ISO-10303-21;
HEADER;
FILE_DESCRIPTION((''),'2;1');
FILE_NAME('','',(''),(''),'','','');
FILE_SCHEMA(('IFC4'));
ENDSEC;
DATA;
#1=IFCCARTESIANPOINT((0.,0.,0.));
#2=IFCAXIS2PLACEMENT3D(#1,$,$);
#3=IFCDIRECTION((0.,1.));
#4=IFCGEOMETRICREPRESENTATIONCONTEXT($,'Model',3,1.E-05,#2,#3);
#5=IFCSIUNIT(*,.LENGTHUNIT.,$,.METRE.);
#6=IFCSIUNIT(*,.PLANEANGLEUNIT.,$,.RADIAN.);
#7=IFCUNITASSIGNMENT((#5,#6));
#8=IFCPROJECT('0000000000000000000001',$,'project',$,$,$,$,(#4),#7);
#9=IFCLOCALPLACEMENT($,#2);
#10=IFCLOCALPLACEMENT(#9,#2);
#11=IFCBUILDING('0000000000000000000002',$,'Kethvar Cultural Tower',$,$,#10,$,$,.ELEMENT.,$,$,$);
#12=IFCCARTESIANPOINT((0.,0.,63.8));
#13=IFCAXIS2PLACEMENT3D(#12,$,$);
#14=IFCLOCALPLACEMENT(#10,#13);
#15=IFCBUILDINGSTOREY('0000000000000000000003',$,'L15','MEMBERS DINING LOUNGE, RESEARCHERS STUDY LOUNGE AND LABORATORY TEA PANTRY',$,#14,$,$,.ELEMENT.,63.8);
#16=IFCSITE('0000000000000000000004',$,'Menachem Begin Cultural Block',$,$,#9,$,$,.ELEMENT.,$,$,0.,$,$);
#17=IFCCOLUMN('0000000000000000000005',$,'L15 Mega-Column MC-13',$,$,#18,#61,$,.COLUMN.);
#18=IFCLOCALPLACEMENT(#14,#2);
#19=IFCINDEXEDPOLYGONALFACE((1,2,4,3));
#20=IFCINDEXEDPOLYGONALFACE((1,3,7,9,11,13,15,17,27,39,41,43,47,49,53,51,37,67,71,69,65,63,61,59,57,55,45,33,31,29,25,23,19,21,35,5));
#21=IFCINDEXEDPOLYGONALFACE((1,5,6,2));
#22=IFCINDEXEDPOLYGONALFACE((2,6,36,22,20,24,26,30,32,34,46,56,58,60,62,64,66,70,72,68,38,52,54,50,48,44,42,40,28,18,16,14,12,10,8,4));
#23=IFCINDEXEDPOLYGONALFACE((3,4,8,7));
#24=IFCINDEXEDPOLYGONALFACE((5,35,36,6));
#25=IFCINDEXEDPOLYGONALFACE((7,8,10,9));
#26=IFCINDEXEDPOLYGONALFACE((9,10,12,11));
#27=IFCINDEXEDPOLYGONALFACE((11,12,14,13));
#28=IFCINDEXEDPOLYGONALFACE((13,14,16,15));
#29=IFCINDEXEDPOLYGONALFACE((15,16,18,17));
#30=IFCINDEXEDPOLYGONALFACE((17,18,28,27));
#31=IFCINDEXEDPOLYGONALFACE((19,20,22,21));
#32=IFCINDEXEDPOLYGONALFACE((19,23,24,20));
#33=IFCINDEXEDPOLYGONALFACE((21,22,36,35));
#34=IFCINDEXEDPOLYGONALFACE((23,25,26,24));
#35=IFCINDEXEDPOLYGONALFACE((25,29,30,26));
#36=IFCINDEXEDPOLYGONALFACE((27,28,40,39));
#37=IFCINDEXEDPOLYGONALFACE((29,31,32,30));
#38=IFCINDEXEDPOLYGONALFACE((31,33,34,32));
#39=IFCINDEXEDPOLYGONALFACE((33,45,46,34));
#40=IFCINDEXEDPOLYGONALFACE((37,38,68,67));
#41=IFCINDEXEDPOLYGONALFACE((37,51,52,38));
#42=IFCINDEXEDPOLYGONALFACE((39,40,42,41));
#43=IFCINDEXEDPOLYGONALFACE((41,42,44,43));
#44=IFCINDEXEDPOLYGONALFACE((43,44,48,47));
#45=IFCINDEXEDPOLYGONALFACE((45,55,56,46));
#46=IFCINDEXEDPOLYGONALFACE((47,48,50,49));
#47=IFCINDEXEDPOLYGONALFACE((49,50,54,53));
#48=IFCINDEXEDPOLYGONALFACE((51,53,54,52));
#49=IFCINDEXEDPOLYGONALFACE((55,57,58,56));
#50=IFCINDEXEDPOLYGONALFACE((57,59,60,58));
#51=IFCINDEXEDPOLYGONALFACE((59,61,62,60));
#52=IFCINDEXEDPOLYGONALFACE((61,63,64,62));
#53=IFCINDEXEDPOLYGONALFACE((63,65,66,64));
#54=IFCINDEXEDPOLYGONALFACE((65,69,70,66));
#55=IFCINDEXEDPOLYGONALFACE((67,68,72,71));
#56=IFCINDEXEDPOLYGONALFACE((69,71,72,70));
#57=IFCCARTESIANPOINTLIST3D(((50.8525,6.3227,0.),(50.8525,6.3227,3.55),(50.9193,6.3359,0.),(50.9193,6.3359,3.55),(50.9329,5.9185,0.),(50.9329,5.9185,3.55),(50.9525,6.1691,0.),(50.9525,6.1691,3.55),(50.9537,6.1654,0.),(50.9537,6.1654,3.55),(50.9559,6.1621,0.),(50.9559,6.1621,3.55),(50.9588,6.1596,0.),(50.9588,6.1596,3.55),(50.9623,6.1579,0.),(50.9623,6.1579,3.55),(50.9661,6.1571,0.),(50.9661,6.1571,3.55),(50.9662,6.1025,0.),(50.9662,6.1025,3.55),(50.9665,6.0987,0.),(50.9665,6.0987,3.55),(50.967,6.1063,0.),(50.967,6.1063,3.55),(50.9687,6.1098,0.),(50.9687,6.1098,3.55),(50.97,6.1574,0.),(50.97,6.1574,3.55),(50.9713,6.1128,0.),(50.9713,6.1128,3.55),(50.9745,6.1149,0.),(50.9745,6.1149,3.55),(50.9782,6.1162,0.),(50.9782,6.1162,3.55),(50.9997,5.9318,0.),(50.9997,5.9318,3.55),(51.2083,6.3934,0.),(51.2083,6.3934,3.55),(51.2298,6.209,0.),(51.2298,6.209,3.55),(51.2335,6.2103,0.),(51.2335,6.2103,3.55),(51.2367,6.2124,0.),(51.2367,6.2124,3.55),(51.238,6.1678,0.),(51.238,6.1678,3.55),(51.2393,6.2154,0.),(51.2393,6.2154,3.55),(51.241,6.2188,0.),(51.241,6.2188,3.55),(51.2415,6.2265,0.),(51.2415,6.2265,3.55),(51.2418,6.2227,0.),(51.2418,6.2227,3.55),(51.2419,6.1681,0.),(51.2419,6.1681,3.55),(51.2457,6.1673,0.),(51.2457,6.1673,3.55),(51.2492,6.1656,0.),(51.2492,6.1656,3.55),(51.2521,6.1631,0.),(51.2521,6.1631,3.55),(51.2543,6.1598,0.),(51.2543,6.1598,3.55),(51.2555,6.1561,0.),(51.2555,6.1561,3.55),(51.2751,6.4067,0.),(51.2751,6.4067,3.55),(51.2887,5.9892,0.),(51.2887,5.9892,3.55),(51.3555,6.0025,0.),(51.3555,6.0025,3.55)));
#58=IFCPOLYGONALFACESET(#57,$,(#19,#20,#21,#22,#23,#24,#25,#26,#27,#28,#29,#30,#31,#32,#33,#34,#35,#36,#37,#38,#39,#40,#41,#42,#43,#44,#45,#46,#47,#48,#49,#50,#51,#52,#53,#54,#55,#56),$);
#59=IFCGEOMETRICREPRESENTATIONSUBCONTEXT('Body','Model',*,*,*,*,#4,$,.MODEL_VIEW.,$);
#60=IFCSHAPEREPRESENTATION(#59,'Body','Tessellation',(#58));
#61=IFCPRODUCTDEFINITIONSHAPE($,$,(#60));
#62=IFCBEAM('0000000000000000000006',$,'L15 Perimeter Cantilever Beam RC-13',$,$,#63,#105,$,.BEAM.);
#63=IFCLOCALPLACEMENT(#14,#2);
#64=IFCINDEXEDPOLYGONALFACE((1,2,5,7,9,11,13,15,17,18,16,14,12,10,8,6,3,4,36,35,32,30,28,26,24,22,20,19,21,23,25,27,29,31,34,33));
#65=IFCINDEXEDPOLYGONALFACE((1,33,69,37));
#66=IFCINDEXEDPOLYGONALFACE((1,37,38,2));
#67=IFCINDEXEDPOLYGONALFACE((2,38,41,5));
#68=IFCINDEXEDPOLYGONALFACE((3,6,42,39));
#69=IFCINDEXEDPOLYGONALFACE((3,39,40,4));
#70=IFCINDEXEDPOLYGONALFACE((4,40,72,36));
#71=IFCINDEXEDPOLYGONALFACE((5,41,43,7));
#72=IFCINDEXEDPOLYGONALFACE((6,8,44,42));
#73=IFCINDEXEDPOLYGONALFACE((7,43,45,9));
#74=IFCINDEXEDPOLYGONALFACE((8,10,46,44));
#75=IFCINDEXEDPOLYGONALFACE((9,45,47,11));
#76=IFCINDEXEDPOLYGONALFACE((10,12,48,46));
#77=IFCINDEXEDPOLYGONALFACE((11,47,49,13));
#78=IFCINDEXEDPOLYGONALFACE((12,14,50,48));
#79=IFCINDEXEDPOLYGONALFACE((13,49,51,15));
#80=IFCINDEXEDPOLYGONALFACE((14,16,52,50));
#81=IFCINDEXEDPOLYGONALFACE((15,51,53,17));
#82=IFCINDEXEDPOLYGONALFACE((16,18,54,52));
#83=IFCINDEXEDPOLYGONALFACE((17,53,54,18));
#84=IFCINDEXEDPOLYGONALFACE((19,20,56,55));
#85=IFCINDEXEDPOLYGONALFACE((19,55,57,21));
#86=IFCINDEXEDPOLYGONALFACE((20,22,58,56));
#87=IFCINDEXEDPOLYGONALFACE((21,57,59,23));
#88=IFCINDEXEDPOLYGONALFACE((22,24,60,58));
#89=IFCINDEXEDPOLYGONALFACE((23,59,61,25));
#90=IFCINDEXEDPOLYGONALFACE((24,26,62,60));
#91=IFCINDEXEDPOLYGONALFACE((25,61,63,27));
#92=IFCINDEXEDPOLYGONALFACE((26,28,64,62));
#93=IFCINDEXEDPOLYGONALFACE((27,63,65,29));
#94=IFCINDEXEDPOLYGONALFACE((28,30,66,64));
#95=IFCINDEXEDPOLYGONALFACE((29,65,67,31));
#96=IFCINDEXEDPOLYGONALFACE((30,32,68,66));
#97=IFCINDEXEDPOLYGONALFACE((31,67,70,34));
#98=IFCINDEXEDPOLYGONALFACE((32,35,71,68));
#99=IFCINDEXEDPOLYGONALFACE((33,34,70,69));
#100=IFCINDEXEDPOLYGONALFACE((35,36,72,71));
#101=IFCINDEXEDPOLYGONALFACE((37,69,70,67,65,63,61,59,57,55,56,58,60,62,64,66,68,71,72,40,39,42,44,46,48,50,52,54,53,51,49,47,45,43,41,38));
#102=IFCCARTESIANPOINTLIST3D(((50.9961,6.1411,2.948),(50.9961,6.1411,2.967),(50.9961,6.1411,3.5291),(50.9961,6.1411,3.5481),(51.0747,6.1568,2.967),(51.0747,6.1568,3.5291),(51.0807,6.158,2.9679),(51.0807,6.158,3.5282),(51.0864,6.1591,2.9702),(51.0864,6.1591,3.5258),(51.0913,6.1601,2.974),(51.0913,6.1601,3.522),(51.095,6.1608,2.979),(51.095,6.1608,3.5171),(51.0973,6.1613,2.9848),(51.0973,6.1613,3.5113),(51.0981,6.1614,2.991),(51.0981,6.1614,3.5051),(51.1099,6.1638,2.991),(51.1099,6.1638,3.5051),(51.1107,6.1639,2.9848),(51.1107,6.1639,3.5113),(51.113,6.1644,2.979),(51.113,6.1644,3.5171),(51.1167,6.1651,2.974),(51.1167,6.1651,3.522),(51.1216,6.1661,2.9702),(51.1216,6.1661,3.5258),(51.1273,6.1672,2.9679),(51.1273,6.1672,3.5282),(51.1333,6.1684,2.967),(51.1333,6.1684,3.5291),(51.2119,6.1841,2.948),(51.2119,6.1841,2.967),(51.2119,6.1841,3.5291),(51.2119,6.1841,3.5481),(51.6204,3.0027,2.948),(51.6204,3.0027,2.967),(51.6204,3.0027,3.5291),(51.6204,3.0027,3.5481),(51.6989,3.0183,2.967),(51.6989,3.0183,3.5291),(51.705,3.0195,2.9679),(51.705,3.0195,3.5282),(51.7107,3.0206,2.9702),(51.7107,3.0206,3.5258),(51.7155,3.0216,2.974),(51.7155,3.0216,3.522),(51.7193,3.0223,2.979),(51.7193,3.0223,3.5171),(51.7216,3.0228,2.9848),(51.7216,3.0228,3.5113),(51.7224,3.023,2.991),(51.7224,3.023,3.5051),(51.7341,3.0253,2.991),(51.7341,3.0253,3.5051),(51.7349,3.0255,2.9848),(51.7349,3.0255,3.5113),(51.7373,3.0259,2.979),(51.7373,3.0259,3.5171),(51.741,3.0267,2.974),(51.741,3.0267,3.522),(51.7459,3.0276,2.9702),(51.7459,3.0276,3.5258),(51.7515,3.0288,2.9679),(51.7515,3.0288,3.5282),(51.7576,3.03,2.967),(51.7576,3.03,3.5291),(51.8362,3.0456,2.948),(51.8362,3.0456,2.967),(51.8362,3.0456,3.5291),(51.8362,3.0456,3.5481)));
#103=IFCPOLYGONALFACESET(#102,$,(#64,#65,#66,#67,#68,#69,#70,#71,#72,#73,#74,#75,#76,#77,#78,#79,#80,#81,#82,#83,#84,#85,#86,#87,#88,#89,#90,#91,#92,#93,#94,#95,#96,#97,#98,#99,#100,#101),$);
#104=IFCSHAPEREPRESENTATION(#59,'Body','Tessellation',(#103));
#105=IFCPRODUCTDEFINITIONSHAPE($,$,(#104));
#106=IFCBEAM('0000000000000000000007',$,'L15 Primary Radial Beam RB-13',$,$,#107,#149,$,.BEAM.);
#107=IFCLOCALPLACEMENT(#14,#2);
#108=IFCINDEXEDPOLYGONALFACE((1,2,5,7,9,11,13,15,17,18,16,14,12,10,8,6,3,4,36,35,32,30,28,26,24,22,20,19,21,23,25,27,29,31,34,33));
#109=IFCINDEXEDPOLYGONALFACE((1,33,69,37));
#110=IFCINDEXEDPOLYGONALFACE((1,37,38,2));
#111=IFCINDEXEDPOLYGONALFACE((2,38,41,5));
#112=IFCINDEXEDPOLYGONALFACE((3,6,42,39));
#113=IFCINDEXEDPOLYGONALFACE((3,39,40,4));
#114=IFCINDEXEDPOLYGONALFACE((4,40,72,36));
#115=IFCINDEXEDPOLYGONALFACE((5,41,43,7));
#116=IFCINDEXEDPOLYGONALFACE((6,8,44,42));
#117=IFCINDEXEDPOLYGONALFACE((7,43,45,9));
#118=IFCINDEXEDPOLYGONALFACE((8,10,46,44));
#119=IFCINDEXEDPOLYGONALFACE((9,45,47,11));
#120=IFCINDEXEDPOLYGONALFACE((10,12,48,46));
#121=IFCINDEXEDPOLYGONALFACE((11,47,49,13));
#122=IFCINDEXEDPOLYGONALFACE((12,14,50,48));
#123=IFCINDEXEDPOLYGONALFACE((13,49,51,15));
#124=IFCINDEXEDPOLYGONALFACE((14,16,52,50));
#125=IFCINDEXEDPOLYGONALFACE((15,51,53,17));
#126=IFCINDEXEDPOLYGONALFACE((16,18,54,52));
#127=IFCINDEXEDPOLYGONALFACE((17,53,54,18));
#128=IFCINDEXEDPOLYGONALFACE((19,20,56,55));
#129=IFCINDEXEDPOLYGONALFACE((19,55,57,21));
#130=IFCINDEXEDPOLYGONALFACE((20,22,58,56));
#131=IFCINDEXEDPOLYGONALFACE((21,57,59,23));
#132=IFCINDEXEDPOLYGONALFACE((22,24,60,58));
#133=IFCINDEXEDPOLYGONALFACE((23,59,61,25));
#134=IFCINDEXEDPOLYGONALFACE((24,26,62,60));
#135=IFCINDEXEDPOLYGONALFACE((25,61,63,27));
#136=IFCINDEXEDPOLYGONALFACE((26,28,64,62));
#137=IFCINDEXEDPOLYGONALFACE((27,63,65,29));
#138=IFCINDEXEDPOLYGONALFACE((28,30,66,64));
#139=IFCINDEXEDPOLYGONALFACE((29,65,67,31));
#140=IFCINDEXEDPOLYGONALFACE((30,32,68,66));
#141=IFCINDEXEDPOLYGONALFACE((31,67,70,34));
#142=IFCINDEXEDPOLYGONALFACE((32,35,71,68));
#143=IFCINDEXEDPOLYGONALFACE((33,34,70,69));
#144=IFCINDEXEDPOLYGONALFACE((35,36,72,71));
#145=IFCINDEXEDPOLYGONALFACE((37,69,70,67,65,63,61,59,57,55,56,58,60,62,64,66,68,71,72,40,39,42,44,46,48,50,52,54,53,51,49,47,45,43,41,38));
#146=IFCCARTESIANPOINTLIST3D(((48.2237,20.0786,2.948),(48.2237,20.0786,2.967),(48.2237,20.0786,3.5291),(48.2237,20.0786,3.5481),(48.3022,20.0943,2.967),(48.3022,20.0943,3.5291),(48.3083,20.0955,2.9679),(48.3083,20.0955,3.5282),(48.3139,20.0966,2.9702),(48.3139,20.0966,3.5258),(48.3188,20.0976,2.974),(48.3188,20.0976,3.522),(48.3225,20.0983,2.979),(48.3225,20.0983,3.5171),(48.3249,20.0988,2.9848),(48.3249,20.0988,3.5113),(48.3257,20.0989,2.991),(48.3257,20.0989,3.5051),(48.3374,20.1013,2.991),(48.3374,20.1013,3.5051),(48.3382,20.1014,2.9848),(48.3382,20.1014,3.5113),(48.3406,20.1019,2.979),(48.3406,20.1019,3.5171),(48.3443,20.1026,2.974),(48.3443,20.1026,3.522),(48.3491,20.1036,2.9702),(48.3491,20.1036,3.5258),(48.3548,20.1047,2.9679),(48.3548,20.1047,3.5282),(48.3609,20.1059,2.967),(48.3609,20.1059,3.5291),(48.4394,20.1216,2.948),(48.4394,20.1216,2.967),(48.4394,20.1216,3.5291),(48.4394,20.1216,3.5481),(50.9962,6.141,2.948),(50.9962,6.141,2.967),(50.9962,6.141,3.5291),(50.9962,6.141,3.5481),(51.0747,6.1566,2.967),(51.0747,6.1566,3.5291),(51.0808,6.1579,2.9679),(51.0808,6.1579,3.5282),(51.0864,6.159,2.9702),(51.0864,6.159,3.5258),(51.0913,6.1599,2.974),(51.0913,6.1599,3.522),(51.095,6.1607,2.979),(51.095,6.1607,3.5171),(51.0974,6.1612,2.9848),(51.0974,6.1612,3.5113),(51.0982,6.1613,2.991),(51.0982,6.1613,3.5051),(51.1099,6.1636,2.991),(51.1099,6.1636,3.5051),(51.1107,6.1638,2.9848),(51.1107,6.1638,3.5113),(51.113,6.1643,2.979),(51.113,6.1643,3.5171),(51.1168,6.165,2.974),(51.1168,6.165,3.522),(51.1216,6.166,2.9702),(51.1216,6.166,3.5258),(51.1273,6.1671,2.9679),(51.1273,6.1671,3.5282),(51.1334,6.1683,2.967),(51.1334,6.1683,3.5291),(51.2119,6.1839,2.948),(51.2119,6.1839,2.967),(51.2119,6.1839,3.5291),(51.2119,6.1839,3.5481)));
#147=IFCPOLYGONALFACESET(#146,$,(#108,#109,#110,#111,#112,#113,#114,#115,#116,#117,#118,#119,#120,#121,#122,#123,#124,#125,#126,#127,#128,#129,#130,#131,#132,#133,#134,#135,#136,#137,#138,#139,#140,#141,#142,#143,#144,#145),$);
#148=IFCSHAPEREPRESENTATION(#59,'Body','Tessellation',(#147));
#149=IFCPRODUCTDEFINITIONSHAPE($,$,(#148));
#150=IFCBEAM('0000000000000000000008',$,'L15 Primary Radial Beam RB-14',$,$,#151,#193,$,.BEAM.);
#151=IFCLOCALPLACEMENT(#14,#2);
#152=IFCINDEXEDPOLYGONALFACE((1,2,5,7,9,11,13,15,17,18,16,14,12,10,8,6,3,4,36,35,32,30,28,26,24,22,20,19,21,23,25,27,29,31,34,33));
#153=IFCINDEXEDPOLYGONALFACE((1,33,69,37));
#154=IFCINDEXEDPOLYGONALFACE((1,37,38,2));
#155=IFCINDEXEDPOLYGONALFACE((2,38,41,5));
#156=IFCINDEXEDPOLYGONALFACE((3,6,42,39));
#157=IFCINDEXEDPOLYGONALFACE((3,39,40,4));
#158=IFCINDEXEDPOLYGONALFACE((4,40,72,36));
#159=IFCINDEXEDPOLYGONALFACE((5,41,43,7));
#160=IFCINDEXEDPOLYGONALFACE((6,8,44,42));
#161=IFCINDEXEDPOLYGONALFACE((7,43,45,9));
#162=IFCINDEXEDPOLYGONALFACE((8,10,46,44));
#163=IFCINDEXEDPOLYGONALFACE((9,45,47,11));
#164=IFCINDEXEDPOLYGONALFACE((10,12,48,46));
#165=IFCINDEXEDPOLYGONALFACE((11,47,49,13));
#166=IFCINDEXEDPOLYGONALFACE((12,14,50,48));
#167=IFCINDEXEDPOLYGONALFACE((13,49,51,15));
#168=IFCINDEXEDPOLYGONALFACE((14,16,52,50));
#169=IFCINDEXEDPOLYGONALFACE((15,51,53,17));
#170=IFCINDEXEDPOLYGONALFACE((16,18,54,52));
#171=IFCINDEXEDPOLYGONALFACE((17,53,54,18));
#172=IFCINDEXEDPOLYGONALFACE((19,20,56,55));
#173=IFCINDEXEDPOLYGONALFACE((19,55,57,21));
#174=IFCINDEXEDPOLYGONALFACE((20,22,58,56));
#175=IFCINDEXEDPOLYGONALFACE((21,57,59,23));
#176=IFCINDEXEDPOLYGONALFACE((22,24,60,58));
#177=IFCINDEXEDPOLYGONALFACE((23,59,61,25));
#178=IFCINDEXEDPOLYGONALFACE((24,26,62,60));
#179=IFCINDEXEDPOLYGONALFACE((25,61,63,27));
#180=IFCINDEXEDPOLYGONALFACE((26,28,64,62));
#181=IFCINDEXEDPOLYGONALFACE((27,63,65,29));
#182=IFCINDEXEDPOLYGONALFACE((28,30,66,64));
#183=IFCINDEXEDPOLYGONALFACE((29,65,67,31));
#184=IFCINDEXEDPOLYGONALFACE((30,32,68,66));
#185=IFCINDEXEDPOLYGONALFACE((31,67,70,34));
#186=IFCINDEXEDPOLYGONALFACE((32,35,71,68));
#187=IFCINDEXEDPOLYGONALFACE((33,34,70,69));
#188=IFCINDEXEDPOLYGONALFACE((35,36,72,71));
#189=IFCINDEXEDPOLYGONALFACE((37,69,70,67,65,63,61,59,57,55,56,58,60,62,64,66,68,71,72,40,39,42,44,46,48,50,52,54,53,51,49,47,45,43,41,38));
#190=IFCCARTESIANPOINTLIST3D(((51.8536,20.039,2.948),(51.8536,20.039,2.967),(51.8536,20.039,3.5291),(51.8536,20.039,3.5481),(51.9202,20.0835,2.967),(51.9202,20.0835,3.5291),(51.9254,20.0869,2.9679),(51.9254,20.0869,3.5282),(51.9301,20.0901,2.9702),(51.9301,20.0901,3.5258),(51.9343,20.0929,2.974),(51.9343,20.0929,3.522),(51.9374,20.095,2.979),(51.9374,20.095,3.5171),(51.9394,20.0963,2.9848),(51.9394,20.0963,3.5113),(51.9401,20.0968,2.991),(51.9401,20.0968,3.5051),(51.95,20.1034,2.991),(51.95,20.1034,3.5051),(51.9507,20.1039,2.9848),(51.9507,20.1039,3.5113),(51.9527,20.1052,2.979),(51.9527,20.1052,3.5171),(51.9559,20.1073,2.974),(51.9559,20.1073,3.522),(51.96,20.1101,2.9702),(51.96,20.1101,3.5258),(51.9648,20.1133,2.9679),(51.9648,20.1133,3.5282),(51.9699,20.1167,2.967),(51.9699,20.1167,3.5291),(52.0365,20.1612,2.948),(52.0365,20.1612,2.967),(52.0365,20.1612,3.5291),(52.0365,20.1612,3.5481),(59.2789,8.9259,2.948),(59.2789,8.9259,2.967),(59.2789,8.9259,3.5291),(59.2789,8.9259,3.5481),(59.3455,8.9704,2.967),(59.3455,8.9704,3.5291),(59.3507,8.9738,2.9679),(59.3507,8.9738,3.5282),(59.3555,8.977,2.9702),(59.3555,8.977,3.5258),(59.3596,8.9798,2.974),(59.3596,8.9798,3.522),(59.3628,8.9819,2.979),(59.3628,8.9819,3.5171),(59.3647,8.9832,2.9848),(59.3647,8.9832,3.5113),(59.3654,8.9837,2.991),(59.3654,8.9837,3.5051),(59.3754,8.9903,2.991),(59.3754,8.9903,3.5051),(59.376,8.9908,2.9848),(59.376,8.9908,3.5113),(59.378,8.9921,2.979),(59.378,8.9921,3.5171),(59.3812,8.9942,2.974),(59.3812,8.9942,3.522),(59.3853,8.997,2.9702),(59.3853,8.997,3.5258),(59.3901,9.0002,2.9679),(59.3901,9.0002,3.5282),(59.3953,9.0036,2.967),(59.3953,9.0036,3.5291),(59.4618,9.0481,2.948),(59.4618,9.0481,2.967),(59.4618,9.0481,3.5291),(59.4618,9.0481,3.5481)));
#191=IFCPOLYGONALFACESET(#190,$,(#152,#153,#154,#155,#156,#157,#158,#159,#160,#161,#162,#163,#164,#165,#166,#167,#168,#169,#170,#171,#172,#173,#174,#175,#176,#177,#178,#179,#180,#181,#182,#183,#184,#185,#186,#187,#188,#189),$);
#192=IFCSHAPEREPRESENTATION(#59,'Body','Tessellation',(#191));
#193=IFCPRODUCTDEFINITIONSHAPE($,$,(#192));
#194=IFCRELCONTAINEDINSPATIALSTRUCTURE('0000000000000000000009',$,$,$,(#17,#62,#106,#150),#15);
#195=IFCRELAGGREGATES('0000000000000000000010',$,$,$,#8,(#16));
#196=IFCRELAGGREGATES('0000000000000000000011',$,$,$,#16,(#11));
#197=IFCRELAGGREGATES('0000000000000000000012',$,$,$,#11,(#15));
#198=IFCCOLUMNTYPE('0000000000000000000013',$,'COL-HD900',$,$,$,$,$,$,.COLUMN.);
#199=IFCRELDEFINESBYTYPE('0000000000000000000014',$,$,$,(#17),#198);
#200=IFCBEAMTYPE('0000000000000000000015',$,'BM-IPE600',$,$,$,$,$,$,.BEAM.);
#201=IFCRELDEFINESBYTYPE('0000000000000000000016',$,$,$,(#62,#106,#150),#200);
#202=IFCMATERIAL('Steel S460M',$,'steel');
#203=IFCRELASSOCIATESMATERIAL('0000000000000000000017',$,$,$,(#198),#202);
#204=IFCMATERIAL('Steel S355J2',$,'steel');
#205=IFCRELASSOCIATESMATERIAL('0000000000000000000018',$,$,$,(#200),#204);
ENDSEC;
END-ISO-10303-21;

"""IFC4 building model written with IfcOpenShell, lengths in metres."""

from ifc_helpers import new_model, si_unit, direction, frame, origin, origin_2d, place, context, subcontext, project, spatial, i_section, extrude, source, transform, mapped, material, material_profile, profile_set, type_object, element, save


model = new_model("IFC4")

# Units and contexts
model_context = context("Model", 3, precision=1e-05, world=origin(), true_north=direction((0.0, 1.0)))
body_context = subcontext(model_context, "Body", "Model", "MODEL_VIEW")
ifc_project = project(units=[si_unit("LENGTHUNIT", "METRE"), si_unit("PLANEANGLEUNIT", "RADIAN")], contexts=[model_context])

# Site, building, storey
site_placement = place(None, origin())
site = spatial("IfcSite", under=ifc_project, at=site_placement, Name="Menachem Begin Cultural Block", CompositionType="ELEMENT", RefElevation=0.0)
building_placement = place(site_placement, origin())
building = spatial("IfcBuilding", under=site, at=building_placement, Name="Kethvar Cultural Tower", CompositionType="ELEMENT")
storey_placement = place(building_placement, frame((0.0, 0.0, 63.8)))
storey = spatial("IfcBuildingStorey", under=building, at=storey_placement, Name="L15", Description="MEMBERS DINING LOUNGE, RESEARCHERS STUDY LOUNGE AND LABORATORY TEA PANTRY", CompositionType="ELEMENT", Elevation=63.8)

# Column
ifc_material_1 = material(Name="Steel S460M", Category="steel")
ifc_material_profile_1 = material_profile(ifc_material_1, i_section(OverallWidth=0.4121, OverallDepth=0.4309, WebThickness=0.042, FlangeThickness=0.0681, FilletRadius=0.0149, at=origin_2d()), Name="Steel S460M — HD400x900")
ifc_profile_set_1 = profile_set([ifc_material_profile_1], Name="Steel S460M — HD400x900")
column_type = type_object("IfcColumnType", Name="COL-HD900", PredefinedType="COLUMN", material=ifc_profile_set_1)
shared_shape_1 = source(origin(), body_context, "Body", "SweptSolid", [
    extrude(i_section(OverallWidth=0.4121, OverallDepth=0.4309, WebThickness=0.042, FlangeThickness=0.0681, FilletRadius=0.0149, at=origin_2d()), origin(), (0.0, 0.0, 1.0), 3.55),
])
column_placement = place(storey_placement, frame((51.104, 6.1626, 0.0), z_axis=(0.0, 0.0, 1.0), x_axis=(0.19509, -0.980785, 0.0)))
element("IfcColumn", 1, at=column_placement, inside=storey, type_object=column_type, Name="L15 Mega-Column MC-13", PredefinedType="COLUMN", context=body_context, shape_type="MappedRepresentation", body=[
    mapped(shared_shape_1, transform((0.0, 0.0, 0.0), scale=1.0)),
])

# Beams
ifc_material_2 = material(Name="Steel S355J2", Category="steel")
ifc_material_profile_2 = material_profile(ifc_material_2, i_section(OverallWidth=0.22, OverallDepth=0.6001, WebThickness=0.012, FlangeThickness=0.019, FilletRadius=0.0239, at=origin_2d()), Name="Steel S355J2 — IPE600")
ifc_profile_set_2 = profile_set([ifc_material_profile_2], Name="Steel S355J2 — IPE600")
beam_type_1 = type_object("IfcBeamType", Name="BM-IPE600", PredefinedType="BEAM", material=ifc_profile_set_2)
shared_shape_2 = source(origin(), body_context, "Body", "SweptSolid", [
    extrude(i_section(OverallWidth=0.22, OverallDepth=0.6001, WebThickness=0.012, FlangeThickness=0.019, FilletRadius=0.0239, at=origin_2d()), origin(), (0.0, 0.0, 1.0), 3.2),
])
beam_1_placement = place(storey_placement, frame((51.104, 6.1626, 3.248), z_axis=(0.195089, -0.980786, 0.0), x_axis=(0.980786, 0.195089, 0.0)))
element("IfcBeam", 2, at=beam_1_placement, inside=storey, type_object=beam_type_1, Name="L15 Perimeter Cantilever Beam RC-13", PredefinedType="BEAM", context=body_context, shape_type="MappedRepresentation", body=[
    mapped(shared_shape_2, transform((0.0, 0.0, 0.0), scale=1.0)),
])
shared_shape_3 = source(origin(), body_context, "Body", "SweptSolid", [
    extrude(i_section(OverallWidth=0.22, OverallDepth=0.6001, WebThickness=0.012, FlangeThickness=0.019, FilletRadius=0.0239, at=origin_2d()), origin(), (0.0, 0.0, 1.0), 14.2107),
])
beam_2_placement = place(storey_placement, frame((48.3315, 20.1001, 3.248), z_axis=(0.195098, -0.980784, 0.0), x_axis=(0.980784, 0.195098, 0.0)))
element("IfcBeam", 3, at=beam_2_placement, inside=storey, type_object=beam_type_1, Name="L15 Primary Radial Beam RB-13", PredefinedType="BEAM", context=body_context, shape_type="MappedRepresentation", body=[
    mapped(shared_shape_3, transform((0.0, 0.0, 0.0), scale=1.0)),
])
shared_shape_4 = source(origin(), body_context, "Body", "SweptSolid", [
    extrude(i_section(OverallWidth=0.22, OverallDepth=0.6001, WebThickness=0.012, FlangeThickness=0.019, FilletRadius=0.0239, at=origin_2d()), origin(), (0.0, 0.0, 1.0), 13.3655),
])
beam_3_placement = place(storey_placement, frame((51.9451, 20.1001, 3.248), z_axis=(0.55556, -0.831477, 0.0), x_axis=(0.831477, 0.55556, 0.0)))
element("IfcBeam", 4, at=beam_3_placement, inside=storey, type_object=beam_type_1, Name="L15 Primary Radial Beam RB-14", PredefinedType="BEAM", context=body_context, shape_type="MappedRepresentation", body=[
    mapped(shared_shape_4, transform((0.0, 0.0, 0.0), scale=1.0)),
])

save(model, "model.ifc")
